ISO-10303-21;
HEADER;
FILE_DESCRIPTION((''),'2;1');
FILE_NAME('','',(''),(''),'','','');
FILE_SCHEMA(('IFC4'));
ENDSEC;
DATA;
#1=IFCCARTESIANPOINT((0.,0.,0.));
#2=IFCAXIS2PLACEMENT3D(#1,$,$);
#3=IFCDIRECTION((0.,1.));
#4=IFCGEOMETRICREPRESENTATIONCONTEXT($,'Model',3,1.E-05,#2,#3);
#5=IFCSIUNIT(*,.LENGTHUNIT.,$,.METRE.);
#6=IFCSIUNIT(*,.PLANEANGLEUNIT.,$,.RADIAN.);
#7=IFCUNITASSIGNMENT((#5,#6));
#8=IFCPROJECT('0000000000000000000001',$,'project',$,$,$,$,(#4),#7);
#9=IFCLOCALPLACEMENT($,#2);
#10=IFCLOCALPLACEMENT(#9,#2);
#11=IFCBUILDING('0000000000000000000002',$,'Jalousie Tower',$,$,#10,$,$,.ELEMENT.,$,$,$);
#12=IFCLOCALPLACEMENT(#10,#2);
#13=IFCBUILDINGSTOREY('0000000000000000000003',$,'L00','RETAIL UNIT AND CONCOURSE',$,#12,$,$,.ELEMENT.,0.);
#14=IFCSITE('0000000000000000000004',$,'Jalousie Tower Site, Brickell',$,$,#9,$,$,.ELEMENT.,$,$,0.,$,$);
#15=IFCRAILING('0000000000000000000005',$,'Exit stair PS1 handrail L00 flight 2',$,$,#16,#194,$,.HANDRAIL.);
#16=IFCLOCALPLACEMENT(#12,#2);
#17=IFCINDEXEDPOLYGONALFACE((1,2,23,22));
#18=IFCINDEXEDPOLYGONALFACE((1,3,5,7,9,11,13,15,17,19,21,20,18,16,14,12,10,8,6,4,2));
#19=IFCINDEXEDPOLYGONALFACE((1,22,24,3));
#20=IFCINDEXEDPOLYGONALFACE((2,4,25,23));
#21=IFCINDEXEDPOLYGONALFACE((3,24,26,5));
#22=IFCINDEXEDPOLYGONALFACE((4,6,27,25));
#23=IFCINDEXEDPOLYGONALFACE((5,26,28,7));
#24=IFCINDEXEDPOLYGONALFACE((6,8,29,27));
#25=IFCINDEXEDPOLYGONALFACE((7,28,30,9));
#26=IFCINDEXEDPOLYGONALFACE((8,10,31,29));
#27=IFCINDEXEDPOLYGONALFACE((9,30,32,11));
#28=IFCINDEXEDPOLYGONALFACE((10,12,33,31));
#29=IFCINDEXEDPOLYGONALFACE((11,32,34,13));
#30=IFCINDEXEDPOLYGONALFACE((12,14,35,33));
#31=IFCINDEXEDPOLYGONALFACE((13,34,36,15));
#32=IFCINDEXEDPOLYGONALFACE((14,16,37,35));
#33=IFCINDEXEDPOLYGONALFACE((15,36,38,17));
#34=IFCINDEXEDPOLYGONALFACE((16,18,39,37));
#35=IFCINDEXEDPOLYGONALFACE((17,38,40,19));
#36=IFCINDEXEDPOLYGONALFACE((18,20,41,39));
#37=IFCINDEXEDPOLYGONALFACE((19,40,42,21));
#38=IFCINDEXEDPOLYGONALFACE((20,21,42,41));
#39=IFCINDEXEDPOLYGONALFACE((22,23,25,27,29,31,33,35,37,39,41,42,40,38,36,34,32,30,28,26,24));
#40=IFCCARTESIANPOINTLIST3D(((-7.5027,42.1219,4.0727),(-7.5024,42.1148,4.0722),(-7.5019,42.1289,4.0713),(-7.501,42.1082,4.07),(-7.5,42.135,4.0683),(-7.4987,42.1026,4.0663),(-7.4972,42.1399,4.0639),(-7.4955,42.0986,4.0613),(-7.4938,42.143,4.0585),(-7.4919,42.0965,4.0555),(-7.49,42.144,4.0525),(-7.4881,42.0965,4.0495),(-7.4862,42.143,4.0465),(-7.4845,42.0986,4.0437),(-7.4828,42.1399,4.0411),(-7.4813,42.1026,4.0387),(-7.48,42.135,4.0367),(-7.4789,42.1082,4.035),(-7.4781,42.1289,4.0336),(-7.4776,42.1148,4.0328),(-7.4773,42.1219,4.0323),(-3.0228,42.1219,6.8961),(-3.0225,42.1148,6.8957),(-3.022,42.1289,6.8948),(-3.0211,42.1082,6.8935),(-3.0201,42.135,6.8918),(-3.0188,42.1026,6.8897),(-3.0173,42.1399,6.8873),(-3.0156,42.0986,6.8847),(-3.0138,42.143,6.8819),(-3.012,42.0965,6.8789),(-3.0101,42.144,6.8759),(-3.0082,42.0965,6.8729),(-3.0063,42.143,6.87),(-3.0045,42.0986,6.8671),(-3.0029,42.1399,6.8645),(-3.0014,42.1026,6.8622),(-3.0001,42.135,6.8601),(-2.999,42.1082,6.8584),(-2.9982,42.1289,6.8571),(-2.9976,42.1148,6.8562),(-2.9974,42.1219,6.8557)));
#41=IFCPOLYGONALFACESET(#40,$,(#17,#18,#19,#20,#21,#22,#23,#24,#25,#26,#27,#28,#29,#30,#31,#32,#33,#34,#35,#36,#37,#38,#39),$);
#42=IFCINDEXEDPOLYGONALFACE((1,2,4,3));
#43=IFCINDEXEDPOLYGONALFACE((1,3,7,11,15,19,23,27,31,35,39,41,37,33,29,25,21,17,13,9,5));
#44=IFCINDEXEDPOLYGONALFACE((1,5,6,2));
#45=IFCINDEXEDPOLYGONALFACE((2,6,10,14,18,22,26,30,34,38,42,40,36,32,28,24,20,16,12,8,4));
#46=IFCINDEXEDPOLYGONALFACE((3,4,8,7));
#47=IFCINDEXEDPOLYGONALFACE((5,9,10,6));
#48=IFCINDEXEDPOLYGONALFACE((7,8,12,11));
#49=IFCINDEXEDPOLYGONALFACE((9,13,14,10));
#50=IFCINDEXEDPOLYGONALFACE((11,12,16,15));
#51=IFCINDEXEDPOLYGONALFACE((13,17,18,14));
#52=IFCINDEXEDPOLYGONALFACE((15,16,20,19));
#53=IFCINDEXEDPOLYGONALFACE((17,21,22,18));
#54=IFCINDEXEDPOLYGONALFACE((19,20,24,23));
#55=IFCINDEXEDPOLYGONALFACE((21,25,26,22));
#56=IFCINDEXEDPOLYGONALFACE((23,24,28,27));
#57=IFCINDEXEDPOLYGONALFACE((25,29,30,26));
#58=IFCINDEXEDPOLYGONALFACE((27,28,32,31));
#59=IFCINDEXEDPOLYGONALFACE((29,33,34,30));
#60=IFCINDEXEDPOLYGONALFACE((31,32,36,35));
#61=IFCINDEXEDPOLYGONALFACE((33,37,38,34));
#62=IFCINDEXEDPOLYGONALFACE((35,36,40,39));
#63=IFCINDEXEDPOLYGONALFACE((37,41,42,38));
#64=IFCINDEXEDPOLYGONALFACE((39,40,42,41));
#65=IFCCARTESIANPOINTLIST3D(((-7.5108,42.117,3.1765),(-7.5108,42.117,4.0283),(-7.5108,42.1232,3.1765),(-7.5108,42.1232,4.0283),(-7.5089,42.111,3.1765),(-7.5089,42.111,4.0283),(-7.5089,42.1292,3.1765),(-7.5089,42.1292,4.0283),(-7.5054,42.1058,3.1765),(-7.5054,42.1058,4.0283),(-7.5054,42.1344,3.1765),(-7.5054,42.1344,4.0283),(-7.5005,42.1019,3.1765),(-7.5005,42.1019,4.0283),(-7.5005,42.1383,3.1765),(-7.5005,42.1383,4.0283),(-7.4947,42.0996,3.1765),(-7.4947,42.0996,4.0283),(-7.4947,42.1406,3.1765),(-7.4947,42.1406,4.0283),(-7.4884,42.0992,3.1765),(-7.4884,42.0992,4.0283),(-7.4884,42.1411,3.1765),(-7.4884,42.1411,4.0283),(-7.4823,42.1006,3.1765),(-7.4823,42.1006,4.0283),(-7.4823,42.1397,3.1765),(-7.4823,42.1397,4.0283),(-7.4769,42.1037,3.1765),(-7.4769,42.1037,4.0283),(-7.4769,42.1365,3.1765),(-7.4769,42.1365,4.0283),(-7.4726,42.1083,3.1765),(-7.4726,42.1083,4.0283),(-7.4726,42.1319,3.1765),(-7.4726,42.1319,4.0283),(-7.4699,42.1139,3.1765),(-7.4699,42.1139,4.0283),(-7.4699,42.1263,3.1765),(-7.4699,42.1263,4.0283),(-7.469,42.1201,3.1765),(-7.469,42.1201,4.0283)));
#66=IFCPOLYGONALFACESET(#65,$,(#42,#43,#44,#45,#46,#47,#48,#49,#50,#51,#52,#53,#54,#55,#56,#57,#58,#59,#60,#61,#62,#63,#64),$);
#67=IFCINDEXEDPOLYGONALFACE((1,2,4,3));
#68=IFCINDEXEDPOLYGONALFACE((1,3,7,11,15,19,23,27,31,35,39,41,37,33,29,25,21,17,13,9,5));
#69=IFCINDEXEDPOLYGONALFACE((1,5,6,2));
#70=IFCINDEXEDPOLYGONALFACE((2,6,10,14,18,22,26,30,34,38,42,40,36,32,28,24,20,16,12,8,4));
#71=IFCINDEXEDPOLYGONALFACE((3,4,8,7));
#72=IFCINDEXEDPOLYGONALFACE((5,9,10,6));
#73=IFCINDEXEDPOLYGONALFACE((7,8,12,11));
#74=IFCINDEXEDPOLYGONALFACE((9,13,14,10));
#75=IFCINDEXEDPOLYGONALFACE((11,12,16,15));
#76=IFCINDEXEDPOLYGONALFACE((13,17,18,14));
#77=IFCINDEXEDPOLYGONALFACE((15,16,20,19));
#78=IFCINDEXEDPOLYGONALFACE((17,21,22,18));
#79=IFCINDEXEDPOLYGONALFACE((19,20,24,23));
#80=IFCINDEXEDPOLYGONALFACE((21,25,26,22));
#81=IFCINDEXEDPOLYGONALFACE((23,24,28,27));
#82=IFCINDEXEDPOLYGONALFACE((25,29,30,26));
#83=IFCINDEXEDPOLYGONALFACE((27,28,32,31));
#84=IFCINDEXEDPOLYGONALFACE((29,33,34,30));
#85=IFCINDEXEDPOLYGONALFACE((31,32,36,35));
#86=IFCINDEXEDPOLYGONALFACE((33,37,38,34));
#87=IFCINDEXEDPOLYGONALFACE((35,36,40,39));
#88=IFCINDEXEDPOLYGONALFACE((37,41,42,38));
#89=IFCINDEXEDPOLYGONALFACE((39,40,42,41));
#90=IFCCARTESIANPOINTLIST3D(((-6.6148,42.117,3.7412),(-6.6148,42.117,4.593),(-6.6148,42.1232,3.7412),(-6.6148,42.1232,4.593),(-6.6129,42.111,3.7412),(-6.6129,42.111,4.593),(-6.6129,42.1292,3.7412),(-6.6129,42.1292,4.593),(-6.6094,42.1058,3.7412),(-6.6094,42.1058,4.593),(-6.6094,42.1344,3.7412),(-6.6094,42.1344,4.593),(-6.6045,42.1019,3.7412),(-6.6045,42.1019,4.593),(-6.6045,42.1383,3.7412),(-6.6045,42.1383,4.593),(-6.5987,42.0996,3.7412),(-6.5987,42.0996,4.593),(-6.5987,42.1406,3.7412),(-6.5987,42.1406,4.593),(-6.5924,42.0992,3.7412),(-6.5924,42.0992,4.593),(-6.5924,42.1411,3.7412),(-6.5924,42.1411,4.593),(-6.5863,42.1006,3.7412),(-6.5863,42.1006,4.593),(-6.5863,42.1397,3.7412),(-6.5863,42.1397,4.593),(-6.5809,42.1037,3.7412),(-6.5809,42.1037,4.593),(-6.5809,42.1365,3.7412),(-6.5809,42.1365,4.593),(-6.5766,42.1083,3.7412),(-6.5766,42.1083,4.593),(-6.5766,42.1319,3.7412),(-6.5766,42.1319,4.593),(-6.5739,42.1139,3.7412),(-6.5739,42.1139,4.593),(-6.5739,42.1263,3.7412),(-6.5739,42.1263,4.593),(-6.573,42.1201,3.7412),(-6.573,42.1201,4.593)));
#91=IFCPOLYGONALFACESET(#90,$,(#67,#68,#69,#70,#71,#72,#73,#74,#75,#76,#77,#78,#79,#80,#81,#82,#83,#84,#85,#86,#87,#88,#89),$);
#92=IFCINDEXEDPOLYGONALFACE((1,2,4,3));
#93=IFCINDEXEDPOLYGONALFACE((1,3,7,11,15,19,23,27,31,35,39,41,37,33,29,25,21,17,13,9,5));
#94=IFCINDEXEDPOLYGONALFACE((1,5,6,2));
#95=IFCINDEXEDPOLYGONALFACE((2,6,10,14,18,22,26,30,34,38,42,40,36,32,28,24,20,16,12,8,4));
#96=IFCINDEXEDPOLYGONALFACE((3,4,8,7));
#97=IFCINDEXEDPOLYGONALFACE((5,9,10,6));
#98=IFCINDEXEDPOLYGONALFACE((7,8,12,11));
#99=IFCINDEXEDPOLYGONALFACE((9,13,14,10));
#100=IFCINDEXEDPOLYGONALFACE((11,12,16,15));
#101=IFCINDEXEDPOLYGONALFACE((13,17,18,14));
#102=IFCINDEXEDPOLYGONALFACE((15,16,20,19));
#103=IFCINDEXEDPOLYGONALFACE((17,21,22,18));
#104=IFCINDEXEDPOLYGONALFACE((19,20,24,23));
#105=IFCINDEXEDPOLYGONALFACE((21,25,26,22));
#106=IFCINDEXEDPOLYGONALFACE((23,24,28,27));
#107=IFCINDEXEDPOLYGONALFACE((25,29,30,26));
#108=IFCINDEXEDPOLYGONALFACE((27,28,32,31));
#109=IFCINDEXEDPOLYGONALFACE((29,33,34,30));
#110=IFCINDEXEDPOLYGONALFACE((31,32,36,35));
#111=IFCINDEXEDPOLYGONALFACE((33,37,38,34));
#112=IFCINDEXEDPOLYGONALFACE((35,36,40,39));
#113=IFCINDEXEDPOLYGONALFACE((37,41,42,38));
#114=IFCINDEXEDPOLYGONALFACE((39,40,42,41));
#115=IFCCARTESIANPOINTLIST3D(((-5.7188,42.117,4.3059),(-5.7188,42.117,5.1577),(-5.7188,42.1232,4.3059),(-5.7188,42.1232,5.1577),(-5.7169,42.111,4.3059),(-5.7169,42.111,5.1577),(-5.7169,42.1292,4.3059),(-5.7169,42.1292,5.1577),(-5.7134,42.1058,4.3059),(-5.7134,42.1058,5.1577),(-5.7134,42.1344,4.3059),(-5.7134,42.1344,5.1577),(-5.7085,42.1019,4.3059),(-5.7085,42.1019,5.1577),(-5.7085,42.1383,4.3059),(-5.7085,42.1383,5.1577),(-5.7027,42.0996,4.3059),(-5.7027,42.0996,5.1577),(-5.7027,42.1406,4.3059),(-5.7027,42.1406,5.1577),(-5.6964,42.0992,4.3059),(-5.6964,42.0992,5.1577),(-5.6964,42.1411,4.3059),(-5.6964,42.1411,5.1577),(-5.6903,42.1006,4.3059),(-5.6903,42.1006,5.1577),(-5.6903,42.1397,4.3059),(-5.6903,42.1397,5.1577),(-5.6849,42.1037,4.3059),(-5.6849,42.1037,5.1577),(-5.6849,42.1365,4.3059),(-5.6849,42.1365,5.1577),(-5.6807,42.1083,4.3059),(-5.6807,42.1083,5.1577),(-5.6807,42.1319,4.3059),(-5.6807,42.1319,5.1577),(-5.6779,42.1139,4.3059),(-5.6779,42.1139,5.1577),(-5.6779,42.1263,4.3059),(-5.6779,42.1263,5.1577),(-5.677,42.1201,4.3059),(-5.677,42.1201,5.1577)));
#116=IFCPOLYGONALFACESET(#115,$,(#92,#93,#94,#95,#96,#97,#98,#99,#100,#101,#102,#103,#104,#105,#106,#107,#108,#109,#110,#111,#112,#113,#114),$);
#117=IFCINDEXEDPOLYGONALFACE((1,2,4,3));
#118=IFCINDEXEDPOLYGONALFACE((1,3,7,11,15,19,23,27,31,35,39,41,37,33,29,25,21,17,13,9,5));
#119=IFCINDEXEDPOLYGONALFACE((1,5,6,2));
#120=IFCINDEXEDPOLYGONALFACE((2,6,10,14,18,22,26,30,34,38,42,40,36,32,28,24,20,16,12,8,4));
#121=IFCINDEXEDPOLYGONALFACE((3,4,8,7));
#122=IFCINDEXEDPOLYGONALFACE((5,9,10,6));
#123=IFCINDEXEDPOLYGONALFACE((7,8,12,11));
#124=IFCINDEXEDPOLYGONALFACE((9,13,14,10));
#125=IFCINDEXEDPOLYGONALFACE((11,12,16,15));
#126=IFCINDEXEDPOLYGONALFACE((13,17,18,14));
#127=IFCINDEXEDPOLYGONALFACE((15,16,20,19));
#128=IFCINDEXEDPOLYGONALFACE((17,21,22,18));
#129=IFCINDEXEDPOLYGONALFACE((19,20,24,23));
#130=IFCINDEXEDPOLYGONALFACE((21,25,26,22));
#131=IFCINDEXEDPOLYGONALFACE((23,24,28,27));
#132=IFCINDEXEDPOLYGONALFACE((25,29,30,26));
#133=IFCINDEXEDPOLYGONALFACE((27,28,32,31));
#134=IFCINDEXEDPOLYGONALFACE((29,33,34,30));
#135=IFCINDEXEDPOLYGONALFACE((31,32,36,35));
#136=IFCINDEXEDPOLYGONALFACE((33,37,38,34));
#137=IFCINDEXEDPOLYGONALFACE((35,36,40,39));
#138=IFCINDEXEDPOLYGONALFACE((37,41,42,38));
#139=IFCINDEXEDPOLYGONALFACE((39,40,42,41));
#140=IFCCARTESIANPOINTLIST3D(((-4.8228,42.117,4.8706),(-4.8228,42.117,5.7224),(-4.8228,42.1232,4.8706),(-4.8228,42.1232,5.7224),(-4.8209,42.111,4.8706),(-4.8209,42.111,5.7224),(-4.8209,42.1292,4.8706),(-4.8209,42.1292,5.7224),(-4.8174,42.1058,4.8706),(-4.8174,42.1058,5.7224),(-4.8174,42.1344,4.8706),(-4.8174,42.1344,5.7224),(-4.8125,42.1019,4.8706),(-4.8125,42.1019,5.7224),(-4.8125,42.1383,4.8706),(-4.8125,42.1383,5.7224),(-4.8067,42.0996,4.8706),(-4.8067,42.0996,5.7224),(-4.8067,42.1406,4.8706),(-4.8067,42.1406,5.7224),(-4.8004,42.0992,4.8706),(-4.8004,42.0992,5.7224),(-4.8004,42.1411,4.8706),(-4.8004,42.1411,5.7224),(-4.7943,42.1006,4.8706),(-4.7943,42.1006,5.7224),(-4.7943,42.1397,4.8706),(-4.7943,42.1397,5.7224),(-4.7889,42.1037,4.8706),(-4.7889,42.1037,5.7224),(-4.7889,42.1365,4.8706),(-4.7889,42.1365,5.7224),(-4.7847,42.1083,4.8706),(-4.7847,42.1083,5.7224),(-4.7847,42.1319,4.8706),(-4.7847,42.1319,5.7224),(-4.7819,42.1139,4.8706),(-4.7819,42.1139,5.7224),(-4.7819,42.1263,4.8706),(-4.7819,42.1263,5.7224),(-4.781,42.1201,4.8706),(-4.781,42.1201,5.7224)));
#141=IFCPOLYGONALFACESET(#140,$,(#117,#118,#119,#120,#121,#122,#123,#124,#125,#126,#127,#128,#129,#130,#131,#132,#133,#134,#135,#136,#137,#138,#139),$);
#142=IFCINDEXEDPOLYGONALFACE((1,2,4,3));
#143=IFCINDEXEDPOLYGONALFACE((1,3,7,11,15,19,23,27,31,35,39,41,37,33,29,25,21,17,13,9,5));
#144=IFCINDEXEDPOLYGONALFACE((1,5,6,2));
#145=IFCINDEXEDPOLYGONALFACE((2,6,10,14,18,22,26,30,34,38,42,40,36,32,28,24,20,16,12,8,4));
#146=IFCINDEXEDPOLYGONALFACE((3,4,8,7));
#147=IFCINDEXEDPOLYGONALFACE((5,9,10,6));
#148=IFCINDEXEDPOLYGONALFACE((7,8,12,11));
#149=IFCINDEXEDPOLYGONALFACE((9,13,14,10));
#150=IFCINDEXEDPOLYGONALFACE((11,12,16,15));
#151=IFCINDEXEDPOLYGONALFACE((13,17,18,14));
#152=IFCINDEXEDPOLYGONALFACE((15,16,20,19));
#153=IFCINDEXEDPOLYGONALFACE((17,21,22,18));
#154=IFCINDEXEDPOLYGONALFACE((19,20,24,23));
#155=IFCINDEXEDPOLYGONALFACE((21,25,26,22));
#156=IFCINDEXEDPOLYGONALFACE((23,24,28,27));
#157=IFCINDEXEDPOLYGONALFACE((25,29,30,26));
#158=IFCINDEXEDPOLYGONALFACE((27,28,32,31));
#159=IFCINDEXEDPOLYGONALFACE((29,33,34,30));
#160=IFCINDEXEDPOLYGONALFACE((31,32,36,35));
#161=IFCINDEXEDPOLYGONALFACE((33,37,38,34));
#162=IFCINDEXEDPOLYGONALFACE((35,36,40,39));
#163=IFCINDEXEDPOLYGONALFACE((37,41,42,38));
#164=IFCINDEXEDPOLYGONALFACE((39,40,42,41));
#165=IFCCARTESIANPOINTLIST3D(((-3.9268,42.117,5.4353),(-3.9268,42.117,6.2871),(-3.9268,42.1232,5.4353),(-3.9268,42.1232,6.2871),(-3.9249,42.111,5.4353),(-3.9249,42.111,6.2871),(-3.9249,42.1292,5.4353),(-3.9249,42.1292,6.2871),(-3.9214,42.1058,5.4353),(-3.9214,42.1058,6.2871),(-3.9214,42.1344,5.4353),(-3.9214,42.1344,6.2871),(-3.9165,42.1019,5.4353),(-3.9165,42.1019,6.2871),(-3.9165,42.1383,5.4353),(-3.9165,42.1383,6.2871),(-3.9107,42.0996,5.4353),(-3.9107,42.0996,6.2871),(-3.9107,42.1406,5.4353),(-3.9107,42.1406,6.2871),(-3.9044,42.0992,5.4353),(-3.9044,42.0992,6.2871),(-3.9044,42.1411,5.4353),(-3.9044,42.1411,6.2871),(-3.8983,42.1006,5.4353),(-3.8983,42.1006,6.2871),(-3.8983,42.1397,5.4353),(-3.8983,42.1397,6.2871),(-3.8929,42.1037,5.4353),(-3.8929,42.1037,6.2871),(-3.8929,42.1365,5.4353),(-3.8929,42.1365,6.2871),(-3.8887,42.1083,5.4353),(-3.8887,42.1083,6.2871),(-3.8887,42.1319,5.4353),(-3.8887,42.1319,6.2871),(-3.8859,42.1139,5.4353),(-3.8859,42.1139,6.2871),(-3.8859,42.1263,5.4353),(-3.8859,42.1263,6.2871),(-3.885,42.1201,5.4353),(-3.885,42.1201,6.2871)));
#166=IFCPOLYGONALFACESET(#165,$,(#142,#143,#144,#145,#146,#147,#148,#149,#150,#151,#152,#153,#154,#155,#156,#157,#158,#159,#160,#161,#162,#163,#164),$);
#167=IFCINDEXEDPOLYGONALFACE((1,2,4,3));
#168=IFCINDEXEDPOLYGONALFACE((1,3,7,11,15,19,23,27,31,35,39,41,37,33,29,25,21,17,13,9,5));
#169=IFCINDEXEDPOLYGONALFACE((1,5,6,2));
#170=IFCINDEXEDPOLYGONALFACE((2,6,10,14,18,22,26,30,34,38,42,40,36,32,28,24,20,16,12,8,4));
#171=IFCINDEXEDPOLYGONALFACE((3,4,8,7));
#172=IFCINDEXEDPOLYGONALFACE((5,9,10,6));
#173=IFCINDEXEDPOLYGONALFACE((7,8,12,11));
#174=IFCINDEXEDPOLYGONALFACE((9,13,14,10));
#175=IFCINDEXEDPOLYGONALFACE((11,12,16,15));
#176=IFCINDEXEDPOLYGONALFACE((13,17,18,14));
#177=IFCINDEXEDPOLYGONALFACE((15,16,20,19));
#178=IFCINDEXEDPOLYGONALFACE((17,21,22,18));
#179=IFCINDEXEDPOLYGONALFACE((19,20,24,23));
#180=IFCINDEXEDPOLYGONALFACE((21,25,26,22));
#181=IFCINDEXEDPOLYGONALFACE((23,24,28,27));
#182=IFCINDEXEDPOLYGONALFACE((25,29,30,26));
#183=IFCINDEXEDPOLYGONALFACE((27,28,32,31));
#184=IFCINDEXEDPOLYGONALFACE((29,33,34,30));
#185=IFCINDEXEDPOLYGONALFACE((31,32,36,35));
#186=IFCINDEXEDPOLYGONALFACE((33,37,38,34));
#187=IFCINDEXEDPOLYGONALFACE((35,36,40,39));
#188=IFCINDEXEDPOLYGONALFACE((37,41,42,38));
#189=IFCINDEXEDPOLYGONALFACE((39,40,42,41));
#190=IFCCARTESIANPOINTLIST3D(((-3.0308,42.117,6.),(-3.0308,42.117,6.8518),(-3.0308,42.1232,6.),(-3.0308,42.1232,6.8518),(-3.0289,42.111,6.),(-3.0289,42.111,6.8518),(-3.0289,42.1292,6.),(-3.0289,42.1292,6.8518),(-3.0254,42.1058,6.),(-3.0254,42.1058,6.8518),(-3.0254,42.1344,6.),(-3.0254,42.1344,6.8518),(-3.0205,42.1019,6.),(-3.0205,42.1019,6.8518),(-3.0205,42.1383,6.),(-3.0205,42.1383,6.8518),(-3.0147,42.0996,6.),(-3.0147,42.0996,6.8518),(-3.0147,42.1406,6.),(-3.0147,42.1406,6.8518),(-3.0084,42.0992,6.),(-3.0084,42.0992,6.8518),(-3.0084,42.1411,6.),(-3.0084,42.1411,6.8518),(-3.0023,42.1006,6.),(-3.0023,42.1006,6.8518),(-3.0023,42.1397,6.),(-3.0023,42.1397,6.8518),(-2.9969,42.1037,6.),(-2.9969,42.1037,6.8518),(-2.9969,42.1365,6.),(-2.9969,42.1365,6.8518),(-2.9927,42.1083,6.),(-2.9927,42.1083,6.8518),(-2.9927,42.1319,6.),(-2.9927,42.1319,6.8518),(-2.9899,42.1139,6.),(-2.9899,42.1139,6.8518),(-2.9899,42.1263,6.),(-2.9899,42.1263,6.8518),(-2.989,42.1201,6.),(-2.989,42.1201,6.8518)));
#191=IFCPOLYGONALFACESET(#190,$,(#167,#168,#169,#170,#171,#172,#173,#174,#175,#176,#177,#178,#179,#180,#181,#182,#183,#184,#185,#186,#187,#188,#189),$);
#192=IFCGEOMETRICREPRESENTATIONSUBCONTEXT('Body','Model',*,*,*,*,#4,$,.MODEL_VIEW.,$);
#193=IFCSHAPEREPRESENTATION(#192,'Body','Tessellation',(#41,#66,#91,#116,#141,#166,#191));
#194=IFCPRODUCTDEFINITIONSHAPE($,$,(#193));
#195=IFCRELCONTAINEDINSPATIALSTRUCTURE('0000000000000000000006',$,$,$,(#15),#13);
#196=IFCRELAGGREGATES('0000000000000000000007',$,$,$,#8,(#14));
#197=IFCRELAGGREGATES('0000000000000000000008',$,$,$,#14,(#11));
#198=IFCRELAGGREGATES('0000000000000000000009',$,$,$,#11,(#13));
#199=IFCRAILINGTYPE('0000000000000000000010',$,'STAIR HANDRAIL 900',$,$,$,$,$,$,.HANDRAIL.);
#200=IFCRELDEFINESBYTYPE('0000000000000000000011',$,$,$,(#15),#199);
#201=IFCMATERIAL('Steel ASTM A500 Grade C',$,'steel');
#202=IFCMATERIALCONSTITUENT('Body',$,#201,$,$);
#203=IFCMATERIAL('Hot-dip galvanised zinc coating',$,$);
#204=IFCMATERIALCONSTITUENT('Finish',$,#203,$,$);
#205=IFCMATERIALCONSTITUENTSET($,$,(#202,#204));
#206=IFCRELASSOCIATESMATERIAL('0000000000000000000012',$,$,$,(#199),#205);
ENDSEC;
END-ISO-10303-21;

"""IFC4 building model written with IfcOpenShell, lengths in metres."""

from ifc_helpers import new_model, si_unit, direction, frame, origin, origin_2d, place, context, subcontext, project, spatial, circle, extrude, material, constituent, constituent_set, type_object, element, save


model = new_model("IFC4")

# Units and contexts
model_context = context("Model", 3, precision=1e-05, world=origin(), true_north=direction((0.0, 1.0)))
body_context = subcontext(model_context, "Body", "Model", "MODEL_VIEW")
ifc_project = project(units=[si_unit("LENGTHUNIT", "METRE"), si_unit("PLANEANGLEUNIT", "RADIAN")], contexts=[model_context])

# Site, building, storey
site_placement = place(None, origin())
site = spatial("IfcSite", under=ifc_project, at=site_placement, Name="Jalousie Tower Site, Brickell", CompositionType="ELEMENT", RefElevation=0.0)
building_placement = place(site_placement, origin())
building = spatial("IfcBuilding", under=site, at=building_placement, Name="Jalousie Tower", CompositionType="ELEMENT")
storey_placement = place(building_placement, origin())
storey = spatial("IfcBuildingStorey", under=building, at=storey_placement, Name="L00", Description="RETAIL UNIT AND CONCOURSE", CompositionType="ELEMENT", Elevation=0.0)

# Railing
ifc_material_1 = material(Name="Steel ASTM A500 Grade C", Category="steel")
ifc_constituent_1 = constituent(ifc_material_1, Name="Body")
ifc_material_2 = material(Name="Hot-dip galvanised zinc coating")
ifc_constituent_2 = constituent(ifc_material_2, Name="Finish")
ifc_constituent_set_1 = constituent_set(constituents=[ifc_constituent_1, ifc_constituent_2])
railing_type_1 = type_object("IfcRailingType", Name="STAIR HANDRAIL 900", PredefinedType="HANDRAIL", material=ifc_constituent_set_1)
railing_1_placement = place(storey_placement, frame((-7.49, 42.1201, 3.1765)))
element("IfcRailing", 1, at=railing_1_placement, inside=storey, type_object=railing_type_1, Name="Exit stair PS1 handrail L00 flight 2", PredefinedType="HANDRAIL", context=body_context, shape_type="SweptSolid", body=[
    extrude(circle(Radius=0.0239, at=origin_2d()), frame((0.0, 0.0, 0.876), z_axis=(0.845998, 0.0, 0.533186), x_axis=(0.0, 1.0, 0.0)), (0.0, 0.0, 1.0), 5.2954),
    extrude(circle(Radius=0.021, at=origin_2d()), origin(), (0.0, 0.0, 1.0), 0.8518),
    extrude(circle(Radius=0.021, at=origin_2d()), frame((0.896, 0.0, 0.5647)), (0.0, 0.0, 1.0), 0.8518),
    extrude(circle(Radius=0.021, at=origin_2d()), frame((1.792, 0.0, 1.1294)), (0.0, 0.0, 1.0), 0.8518),
    extrude(circle(Radius=0.021, at=origin_2d()), frame((2.688, 0.0, 1.6941)), (0.0, 0.0, 1.0), 0.8518),
    extrude(circle(Radius=0.021, at=origin_2d()), frame((3.584, 0.0, 2.2588)), (0.0, 0.0, 1.0), 0.8518),
    extrude(circle(Radius=0.021, at=origin_2d()), frame((4.48, 0.0, 2.8235)), (0.0, 0.0, 1.0), 0.8518),
])

save(model, "model.ifc")
